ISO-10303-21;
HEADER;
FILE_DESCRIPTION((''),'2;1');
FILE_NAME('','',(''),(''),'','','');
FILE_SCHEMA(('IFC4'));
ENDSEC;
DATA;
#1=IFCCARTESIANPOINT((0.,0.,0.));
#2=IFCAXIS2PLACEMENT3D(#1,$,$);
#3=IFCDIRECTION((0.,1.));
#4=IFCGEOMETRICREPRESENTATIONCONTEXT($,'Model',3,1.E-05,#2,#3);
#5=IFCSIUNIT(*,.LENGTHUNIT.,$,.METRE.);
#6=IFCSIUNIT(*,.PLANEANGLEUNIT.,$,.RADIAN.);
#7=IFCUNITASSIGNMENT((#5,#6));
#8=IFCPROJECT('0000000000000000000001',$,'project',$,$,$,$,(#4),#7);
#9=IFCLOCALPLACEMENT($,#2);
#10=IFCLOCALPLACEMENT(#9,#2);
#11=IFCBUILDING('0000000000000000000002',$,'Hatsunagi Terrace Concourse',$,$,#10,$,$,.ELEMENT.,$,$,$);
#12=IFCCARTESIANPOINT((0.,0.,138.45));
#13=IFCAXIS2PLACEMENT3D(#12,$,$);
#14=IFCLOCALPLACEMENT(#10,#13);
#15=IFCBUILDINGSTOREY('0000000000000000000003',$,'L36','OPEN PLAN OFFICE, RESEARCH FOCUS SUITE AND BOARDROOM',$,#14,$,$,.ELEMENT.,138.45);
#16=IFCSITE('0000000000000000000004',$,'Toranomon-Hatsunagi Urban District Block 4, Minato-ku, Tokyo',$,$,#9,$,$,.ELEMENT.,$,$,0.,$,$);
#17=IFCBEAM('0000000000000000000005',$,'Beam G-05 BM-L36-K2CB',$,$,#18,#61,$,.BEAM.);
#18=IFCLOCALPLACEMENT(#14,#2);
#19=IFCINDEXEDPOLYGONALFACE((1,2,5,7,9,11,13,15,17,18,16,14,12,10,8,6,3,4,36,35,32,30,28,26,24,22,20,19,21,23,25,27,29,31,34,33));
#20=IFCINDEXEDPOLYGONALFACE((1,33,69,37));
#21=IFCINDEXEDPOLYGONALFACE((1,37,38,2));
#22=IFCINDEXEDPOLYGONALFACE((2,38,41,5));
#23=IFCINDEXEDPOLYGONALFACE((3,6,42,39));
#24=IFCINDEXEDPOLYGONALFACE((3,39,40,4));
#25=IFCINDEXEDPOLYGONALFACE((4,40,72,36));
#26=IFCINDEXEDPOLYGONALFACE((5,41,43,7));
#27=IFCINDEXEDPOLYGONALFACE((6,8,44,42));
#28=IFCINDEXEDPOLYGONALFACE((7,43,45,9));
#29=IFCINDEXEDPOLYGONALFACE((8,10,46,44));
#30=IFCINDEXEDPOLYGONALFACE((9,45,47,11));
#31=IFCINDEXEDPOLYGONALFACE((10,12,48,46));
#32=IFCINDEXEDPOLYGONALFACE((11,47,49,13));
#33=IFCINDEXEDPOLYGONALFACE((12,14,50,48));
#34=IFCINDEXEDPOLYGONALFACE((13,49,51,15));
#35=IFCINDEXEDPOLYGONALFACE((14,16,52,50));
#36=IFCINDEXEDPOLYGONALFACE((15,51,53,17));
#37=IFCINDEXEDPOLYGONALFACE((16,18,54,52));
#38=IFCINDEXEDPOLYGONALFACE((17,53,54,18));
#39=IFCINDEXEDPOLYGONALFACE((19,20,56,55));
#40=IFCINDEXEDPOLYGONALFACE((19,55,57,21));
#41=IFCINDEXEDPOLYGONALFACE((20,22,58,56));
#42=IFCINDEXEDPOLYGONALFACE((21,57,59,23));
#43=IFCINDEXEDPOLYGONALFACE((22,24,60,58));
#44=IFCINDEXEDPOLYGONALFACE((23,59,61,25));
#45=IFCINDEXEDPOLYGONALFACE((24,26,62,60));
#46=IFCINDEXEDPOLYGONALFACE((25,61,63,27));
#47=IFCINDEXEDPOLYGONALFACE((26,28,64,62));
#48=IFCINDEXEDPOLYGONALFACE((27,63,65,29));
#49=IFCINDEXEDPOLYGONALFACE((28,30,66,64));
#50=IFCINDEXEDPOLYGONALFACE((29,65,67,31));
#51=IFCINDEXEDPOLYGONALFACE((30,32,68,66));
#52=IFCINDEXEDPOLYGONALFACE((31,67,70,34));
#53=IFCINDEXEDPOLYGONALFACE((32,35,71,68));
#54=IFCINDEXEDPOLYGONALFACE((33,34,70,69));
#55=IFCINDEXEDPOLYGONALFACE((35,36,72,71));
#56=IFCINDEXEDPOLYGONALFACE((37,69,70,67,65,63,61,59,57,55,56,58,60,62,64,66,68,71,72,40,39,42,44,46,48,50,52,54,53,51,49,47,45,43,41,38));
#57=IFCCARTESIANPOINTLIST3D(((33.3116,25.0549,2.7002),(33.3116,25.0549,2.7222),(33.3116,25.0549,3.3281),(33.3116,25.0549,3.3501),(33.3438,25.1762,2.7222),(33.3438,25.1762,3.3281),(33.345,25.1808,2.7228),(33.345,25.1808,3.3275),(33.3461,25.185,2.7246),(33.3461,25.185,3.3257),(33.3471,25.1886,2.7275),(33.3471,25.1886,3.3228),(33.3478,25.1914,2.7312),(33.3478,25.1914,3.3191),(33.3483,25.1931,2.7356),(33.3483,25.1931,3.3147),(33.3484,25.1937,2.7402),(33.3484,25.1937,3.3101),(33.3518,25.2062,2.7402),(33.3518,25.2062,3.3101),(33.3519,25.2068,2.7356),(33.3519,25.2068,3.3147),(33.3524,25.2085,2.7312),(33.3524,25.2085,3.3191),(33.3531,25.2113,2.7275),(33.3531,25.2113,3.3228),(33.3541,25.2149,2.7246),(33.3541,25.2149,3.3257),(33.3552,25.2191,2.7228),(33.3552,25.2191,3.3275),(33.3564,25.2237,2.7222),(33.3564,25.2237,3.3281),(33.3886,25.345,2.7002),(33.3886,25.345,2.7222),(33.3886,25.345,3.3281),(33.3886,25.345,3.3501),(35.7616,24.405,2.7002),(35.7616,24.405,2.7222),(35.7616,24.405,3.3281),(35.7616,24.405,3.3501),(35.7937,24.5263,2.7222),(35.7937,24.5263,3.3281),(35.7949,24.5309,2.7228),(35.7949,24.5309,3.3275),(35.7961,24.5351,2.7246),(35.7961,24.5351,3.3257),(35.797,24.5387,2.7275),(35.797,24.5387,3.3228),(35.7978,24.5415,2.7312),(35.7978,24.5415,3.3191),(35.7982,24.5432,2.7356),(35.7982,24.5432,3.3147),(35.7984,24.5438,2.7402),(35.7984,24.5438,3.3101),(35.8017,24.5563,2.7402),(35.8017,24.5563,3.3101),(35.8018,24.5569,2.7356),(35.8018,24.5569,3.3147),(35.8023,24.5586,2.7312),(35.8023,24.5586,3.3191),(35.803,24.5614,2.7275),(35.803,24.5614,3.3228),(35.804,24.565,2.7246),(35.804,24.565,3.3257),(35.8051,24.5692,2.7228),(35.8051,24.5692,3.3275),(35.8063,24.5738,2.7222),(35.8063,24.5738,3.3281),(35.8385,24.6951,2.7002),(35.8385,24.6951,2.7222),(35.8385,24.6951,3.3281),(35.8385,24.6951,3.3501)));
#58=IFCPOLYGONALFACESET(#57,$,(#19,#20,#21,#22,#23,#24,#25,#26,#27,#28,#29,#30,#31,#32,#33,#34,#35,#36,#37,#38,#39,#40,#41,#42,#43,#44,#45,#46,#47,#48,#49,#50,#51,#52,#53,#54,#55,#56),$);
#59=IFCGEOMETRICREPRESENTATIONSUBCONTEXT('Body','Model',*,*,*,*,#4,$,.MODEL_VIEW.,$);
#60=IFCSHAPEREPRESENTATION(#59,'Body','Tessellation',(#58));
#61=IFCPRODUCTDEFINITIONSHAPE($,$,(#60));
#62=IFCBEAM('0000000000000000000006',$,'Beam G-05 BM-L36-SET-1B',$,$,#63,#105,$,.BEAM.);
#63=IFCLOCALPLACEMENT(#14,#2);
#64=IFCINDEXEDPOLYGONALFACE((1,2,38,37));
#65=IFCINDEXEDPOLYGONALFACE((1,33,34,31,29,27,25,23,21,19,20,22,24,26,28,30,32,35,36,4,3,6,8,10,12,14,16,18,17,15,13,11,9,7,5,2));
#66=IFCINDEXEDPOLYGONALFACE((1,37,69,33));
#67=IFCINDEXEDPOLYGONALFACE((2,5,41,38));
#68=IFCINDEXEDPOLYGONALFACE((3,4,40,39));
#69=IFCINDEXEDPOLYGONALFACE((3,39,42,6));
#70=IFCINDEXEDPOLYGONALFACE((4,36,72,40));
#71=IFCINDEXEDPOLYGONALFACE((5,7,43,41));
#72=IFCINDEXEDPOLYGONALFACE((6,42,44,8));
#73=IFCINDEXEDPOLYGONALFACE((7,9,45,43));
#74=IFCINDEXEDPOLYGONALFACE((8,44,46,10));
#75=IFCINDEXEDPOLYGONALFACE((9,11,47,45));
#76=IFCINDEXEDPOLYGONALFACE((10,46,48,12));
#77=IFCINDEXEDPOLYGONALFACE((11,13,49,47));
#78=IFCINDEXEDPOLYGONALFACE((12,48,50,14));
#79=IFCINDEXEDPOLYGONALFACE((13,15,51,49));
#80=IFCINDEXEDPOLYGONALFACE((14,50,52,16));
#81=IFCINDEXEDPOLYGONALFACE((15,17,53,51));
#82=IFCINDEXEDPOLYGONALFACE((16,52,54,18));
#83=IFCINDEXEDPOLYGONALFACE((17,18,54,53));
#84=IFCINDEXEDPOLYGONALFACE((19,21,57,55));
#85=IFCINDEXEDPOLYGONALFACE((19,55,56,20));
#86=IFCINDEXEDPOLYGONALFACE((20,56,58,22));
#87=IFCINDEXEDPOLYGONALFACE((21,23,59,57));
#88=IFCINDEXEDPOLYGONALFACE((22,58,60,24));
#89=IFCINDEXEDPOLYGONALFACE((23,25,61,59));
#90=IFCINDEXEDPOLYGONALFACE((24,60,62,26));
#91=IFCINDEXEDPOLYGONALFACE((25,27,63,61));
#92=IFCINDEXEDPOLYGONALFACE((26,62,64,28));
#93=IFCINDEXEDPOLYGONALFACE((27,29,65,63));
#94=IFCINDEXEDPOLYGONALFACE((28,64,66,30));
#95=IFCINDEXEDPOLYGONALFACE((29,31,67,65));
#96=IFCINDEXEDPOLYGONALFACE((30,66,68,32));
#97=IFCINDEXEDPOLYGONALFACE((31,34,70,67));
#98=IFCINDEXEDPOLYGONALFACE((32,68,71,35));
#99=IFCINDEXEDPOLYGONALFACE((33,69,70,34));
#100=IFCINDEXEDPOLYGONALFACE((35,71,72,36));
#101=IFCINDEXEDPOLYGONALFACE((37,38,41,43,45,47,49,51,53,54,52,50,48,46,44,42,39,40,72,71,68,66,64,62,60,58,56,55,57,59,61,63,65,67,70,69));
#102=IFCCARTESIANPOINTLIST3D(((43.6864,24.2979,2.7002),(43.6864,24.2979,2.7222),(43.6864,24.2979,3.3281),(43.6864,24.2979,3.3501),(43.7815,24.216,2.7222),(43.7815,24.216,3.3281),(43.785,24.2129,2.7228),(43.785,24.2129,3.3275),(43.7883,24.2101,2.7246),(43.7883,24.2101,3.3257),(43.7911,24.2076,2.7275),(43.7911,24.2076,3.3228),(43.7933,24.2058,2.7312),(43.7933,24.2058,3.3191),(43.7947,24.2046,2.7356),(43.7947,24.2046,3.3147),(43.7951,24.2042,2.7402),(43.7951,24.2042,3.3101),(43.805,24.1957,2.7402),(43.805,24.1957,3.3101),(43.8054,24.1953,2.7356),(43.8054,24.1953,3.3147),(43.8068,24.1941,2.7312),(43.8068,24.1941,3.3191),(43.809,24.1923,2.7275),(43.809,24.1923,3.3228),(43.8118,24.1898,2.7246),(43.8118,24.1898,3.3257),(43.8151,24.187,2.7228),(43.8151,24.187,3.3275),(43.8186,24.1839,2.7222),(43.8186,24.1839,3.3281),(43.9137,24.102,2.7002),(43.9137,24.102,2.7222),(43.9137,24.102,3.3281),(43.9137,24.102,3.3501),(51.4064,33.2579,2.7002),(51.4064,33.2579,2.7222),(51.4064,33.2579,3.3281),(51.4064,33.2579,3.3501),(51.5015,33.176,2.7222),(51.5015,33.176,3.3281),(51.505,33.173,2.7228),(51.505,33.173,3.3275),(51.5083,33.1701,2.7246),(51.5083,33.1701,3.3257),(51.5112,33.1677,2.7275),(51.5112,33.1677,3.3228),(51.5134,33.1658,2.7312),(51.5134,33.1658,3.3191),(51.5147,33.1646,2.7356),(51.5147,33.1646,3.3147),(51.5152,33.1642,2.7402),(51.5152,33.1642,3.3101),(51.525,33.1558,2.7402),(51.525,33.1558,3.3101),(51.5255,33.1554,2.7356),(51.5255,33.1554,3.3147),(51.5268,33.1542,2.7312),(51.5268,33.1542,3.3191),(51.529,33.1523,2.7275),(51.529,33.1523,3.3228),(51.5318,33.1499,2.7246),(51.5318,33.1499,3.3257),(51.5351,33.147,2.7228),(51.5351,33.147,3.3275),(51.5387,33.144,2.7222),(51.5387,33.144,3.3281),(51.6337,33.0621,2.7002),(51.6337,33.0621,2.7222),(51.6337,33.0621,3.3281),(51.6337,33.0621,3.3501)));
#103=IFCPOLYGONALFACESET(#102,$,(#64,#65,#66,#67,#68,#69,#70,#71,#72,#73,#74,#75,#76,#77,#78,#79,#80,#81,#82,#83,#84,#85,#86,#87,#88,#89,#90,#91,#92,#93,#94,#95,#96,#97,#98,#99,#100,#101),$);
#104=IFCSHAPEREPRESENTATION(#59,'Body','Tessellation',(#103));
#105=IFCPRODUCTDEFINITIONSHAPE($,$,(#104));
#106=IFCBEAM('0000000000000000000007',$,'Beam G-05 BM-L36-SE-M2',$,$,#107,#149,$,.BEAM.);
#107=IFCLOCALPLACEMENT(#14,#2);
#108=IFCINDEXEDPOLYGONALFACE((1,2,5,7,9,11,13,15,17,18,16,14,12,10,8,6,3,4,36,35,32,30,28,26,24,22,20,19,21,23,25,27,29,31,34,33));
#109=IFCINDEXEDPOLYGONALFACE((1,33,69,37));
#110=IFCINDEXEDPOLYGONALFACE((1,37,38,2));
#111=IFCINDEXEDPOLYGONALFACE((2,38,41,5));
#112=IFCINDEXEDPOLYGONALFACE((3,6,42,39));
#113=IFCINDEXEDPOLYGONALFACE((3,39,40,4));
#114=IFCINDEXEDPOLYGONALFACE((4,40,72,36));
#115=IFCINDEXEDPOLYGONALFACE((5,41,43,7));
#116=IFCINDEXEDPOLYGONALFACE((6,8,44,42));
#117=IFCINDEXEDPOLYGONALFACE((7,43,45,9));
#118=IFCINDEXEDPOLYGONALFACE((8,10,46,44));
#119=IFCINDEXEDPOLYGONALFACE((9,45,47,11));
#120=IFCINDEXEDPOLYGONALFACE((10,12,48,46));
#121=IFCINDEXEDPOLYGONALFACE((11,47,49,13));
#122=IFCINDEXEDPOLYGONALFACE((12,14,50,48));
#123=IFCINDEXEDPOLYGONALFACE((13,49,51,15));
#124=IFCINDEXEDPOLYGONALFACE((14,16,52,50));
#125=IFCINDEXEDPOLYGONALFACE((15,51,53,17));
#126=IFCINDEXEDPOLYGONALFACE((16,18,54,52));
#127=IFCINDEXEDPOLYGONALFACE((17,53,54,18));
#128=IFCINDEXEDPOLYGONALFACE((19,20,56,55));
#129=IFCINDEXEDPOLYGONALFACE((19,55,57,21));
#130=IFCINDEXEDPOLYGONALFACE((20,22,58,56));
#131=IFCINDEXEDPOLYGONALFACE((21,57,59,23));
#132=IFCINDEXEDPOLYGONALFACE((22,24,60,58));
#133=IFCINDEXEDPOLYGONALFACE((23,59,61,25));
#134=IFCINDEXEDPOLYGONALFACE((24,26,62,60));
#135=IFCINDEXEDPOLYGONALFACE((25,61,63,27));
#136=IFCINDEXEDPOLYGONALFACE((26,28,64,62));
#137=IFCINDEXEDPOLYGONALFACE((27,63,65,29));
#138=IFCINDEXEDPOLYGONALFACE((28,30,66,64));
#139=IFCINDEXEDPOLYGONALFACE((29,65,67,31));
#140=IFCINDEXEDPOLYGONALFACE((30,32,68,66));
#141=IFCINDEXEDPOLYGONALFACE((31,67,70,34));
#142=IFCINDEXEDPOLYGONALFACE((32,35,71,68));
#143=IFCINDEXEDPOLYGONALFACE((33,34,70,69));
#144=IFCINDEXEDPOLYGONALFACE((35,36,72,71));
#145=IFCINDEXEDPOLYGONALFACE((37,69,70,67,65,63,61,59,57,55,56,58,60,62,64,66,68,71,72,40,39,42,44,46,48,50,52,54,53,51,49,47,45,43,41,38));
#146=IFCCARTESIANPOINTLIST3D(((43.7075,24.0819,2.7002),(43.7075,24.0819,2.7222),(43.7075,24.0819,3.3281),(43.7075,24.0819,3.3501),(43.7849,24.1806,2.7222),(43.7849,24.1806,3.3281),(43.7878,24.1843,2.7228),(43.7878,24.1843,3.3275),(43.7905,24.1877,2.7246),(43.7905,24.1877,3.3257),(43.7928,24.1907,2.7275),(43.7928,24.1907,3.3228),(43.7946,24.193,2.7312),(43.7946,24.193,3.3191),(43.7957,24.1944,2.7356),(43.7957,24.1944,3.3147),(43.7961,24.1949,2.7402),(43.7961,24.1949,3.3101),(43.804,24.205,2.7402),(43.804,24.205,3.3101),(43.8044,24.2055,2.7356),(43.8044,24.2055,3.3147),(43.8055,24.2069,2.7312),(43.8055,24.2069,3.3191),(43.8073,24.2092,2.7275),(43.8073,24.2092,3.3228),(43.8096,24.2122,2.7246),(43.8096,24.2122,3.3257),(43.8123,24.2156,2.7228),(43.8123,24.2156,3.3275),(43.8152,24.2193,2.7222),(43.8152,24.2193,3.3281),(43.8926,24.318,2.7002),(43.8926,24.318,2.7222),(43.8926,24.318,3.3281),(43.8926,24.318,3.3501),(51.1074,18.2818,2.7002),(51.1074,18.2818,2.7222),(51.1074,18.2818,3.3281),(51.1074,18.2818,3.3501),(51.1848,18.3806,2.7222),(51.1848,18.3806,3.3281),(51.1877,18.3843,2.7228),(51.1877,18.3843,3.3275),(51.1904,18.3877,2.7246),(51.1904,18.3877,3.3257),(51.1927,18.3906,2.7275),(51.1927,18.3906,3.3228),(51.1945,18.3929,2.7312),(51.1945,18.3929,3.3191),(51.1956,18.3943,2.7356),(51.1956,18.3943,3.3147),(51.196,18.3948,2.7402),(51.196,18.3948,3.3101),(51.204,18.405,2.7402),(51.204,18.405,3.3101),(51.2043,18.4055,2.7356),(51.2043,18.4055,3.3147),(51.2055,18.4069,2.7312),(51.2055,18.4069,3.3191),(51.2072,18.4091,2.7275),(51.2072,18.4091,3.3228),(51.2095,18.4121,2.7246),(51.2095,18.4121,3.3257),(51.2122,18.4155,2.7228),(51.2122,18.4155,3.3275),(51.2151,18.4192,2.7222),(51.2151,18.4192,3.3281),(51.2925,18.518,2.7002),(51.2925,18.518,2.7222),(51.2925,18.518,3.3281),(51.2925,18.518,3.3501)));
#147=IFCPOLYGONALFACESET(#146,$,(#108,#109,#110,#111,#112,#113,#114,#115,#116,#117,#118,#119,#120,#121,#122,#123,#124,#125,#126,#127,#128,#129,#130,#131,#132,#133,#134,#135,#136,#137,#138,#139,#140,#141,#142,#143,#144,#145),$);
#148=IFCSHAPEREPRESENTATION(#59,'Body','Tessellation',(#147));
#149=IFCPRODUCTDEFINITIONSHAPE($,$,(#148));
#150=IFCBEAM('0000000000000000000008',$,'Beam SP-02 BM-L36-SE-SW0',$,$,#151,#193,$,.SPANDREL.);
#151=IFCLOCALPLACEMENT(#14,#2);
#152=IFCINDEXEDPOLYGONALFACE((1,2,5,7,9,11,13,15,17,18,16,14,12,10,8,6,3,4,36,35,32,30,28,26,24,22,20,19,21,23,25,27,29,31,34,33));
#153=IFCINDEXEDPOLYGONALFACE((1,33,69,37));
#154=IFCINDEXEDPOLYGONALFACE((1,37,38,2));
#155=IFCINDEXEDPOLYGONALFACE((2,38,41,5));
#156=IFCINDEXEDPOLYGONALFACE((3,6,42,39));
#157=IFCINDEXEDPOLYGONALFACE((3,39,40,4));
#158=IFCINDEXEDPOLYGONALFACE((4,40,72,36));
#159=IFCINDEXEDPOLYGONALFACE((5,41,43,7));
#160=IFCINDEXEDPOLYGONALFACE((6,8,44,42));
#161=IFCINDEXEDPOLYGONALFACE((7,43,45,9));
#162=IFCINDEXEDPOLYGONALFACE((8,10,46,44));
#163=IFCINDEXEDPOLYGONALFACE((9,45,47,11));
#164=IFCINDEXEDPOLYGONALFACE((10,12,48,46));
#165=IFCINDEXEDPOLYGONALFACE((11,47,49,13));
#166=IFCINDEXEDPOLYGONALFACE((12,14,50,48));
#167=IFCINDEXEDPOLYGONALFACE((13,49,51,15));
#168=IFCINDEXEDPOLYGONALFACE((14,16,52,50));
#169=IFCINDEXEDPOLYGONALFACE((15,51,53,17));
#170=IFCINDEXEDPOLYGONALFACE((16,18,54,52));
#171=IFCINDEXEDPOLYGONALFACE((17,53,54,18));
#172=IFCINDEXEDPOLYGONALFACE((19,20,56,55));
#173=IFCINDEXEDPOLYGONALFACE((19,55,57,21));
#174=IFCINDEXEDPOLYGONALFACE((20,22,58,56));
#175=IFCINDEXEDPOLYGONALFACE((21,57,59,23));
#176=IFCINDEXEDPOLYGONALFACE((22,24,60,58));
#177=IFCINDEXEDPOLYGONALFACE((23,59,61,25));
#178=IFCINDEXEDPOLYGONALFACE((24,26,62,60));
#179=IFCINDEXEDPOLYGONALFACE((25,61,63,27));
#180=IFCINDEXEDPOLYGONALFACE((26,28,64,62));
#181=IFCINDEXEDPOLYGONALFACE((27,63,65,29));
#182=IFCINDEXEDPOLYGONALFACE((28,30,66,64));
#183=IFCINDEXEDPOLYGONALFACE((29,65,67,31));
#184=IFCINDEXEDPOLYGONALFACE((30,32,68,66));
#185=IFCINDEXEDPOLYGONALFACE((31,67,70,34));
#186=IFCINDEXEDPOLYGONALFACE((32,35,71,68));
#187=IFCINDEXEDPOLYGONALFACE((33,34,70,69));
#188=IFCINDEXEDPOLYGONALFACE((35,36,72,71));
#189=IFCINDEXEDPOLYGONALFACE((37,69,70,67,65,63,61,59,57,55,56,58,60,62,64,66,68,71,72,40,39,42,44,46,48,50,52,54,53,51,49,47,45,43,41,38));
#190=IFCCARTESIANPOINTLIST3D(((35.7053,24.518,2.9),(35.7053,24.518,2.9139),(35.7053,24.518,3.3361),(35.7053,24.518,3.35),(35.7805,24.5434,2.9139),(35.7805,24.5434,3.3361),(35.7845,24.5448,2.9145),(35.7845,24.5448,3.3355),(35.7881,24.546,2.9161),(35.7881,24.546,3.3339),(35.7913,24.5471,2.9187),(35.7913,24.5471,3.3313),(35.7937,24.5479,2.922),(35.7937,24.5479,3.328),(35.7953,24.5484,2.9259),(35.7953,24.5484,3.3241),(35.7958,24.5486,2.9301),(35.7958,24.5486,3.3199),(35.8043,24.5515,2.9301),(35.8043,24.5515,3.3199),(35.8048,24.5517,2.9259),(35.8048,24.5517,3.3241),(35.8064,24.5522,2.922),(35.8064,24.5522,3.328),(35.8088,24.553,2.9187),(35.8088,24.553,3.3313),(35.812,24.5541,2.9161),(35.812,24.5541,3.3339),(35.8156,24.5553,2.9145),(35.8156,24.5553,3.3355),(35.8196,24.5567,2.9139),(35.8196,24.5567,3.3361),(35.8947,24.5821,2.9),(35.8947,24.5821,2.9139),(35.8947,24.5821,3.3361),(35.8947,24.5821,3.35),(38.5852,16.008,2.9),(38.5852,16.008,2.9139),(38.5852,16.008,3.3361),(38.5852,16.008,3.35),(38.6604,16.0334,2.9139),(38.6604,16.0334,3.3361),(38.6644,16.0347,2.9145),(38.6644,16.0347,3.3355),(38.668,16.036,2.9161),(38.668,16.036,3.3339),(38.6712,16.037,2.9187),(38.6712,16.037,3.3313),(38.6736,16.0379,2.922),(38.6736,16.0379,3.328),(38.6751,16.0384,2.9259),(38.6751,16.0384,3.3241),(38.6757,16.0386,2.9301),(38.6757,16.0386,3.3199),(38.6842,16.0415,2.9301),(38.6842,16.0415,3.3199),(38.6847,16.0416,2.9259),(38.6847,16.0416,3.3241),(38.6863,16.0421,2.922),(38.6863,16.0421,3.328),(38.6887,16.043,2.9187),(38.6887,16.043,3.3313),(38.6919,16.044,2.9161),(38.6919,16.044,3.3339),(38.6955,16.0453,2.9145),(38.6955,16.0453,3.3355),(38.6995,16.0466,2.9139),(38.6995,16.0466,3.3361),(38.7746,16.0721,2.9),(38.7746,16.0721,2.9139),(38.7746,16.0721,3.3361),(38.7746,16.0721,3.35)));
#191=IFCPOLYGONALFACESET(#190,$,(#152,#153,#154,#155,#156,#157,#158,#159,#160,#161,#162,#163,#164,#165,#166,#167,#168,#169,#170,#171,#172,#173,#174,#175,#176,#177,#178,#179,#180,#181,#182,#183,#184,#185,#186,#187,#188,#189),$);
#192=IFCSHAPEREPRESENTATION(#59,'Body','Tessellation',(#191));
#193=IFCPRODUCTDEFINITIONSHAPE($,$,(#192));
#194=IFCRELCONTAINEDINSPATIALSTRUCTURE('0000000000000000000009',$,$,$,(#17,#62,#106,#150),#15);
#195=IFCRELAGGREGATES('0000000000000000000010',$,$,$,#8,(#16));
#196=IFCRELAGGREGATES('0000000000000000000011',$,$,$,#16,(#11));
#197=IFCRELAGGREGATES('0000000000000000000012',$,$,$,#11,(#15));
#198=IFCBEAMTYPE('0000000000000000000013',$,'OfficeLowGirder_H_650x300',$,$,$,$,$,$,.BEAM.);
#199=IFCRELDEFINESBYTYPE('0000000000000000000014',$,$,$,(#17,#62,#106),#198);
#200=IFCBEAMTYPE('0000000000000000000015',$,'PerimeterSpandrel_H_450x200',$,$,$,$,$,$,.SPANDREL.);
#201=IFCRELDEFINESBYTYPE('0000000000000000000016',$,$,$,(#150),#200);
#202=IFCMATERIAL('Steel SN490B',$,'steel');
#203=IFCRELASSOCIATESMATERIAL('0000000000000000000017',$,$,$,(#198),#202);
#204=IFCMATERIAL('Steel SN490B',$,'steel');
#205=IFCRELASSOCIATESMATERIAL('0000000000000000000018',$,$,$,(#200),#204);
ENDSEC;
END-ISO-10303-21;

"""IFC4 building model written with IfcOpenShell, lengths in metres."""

from ifc_helpers import new_model, si_unit, direction, frame, origin, origin_2d, place, context, subcontext, project, spatial, i_section, extrude, material, material_profile, profile_set, type_object, element, save


model = new_model("IFC4")

# Units and contexts
model_context = context("Model", 3, precision=1e-05, world=origin(), true_north=direction((0.0, 1.0)))
body_context = subcontext(model_context, "Body", "Model", "MODEL_VIEW")
ifc_project = project(units=[si_unit("LENGTHUNIT", "METRE"), si_unit("PLANEANGLEUNIT", "RADIAN")], contexts=[model_context])

# Site, building, storey
site_placement = place(None, origin())
site = spatial("IfcSite", under=ifc_project, at=site_placement, Name="Toranomon-Hatsunagi Urban District Block 4, Minato-ku, Tokyo", CompositionType="ELEMENT", RefElevation=0.0)
building_placement = place(site_placement, origin())
building = spatial("IfcBuilding", under=site, at=building_placement, Name="Hatsunagi Terrace Concourse", CompositionType="ELEMENT")
storey_placement = place(building_placement, frame((0.0, 0.0, 138.45)))
storey = spatial("IfcBuildingStorey", under=building, at=storey_placement, Name="L36", Description="OPEN PLAN OFFICE, RESEARCH FOCUS SUITE AND BOARDROOM", CompositionType="ELEMENT", Elevation=138.45)

# Beams
ifc_material_1 = material(Name="Steel SN490B", Category="steel")
ifc_material_profile_1 = material_profile(ifc_material_1, i_section(OverallWidth=0.3, OverallDepth=0.6499, WebThickness=0.0129, FlangeThickness=0.022, FilletRadius=0.0181, at=origin_2d()), Name="H-650x300x13x22")
ifc_profile_set_1 = profile_set([ifc_material_profile_1], Name="Steel SN490B")
beam_type_1 = type_object("IfcBeamType", Name="OfficeLowGirder_H_650x300", PredefinedType="BEAM", material=ifc_profile_set_1)
beam_1_placement = place(storey_placement, frame((33.3501, 25.2, 3.0251), z_axis=(0.96657, -0.256403, 0.0), x_axis=(0.256403, 0.96657, 0.0)))
element("IfcBeam", 1, at=beam_1_placement, inside=storey, type_object=beam_type_1, Name="Beam G-05 BM-L36-K2CB", PredefinedType="BEAM", context=body_context, shape_type="SweptSolid", body=[
    extrude(i_section(OverallWidth=0.3, OverallDepth=0.6499, WebThickness=0.0129, FlangeThickness=0.022, FilletRadius=0.0181, at=origin_2d()), origin(), (0.0, 0.0, 1.0), 2.5347),
])
beam_2_placement = place(storey_placement, frame((43.8, 24.2, 3.0251), z_axis=(0.652739, 0.757583, 0.0), x_axis=(-0.757583, 0.652739, 0.0)))
element("IfcBeam", 2, at=beam_2_placement, inside=storey, type_object=beam_type_1, Name="Beam G-05 BM-L36-SET-1B", PredefinedType="BEAM", context=body_context, shape_type="SweptSolid", body=[
    extrude(i_section(OverallWidth=0.3, OverallDepth=0.6499, WebThickness=0.0129, FlangeThickness=0.022, FilletRadius=0.0181, at=origin_2d()), origin(), (0.0, 0.0, 1.0), 11.8271),
])
beam_3_placement = place(storey_placement, frame((43.8, 24.2, 3.0251), z_axis=(0.787049, -0.61689, 0.0), x_axis=(0.61689, 0.787049, 0.0)))
element("IfcBeam", 3, at=beam_3_placement, inside=storey, type_object=beam_type_1, Name="Beam G-05 BM-L36-SE-M2", PredefinedType="BEAM", context=body_context, shape_type="SweptSolid", body=[
    extrude(i_section(OverallWidth=0.3, OverallDepth=0.6499, WebThickness=0.0129, FlangeThickness=0.022, FilletRadius=0.0181, at=origin_2d()), origin(), (0.0, 0.0, 1.0), 9.4021),
])
ifc_material_2 = material(Name="Steel SN490B", Category="steel")
ifc_material_profile_2 = material_profile(ifc_material_2, i_section(OverallWidth=0.2, OverallDepth=0.45, WebThickness=0.009, FlangeThickness=0.0139, FilletRadius=0.0161, at=origin_2d()), Name="H-450x200x9x14")
ifc_profile_set_2 = profile_set([ifc_material_profile_2], Name="Steel SN490B")
beam_type_2 = type_object("IfcBeamType", Name="PerimeterSpandrel_H_450x200", PredefinedType="SPANDREL", material=ifc_profile_set_2)
beam_4_placement = place(storey_placement, frame((35.8, 24.55, 3.125), z_axis=(0.320553, -0.94723, 0.0), x_axis=(0.94723, 0.320553, 0.0)))
element("IfcBeam", 4, at=beam_4_placement, inside=storey, type_object=beam_type_2, Name="Beam SP-02 BM-L36-SE-SW0", PredefinedType="SPANDREL", context=body_context, shape_type="SweptSolid", body=[
    extrude(i_section(OverallWidth=0.2, OverallDepth=0.45, WebThickness=0.009, FlangeThickness=0.0139, FilletRadius=0.0161, at=origin_2d()), origin(), (0.0, 0.0, 1.0), 8.9841),
])

save(model, "model.ifc")
